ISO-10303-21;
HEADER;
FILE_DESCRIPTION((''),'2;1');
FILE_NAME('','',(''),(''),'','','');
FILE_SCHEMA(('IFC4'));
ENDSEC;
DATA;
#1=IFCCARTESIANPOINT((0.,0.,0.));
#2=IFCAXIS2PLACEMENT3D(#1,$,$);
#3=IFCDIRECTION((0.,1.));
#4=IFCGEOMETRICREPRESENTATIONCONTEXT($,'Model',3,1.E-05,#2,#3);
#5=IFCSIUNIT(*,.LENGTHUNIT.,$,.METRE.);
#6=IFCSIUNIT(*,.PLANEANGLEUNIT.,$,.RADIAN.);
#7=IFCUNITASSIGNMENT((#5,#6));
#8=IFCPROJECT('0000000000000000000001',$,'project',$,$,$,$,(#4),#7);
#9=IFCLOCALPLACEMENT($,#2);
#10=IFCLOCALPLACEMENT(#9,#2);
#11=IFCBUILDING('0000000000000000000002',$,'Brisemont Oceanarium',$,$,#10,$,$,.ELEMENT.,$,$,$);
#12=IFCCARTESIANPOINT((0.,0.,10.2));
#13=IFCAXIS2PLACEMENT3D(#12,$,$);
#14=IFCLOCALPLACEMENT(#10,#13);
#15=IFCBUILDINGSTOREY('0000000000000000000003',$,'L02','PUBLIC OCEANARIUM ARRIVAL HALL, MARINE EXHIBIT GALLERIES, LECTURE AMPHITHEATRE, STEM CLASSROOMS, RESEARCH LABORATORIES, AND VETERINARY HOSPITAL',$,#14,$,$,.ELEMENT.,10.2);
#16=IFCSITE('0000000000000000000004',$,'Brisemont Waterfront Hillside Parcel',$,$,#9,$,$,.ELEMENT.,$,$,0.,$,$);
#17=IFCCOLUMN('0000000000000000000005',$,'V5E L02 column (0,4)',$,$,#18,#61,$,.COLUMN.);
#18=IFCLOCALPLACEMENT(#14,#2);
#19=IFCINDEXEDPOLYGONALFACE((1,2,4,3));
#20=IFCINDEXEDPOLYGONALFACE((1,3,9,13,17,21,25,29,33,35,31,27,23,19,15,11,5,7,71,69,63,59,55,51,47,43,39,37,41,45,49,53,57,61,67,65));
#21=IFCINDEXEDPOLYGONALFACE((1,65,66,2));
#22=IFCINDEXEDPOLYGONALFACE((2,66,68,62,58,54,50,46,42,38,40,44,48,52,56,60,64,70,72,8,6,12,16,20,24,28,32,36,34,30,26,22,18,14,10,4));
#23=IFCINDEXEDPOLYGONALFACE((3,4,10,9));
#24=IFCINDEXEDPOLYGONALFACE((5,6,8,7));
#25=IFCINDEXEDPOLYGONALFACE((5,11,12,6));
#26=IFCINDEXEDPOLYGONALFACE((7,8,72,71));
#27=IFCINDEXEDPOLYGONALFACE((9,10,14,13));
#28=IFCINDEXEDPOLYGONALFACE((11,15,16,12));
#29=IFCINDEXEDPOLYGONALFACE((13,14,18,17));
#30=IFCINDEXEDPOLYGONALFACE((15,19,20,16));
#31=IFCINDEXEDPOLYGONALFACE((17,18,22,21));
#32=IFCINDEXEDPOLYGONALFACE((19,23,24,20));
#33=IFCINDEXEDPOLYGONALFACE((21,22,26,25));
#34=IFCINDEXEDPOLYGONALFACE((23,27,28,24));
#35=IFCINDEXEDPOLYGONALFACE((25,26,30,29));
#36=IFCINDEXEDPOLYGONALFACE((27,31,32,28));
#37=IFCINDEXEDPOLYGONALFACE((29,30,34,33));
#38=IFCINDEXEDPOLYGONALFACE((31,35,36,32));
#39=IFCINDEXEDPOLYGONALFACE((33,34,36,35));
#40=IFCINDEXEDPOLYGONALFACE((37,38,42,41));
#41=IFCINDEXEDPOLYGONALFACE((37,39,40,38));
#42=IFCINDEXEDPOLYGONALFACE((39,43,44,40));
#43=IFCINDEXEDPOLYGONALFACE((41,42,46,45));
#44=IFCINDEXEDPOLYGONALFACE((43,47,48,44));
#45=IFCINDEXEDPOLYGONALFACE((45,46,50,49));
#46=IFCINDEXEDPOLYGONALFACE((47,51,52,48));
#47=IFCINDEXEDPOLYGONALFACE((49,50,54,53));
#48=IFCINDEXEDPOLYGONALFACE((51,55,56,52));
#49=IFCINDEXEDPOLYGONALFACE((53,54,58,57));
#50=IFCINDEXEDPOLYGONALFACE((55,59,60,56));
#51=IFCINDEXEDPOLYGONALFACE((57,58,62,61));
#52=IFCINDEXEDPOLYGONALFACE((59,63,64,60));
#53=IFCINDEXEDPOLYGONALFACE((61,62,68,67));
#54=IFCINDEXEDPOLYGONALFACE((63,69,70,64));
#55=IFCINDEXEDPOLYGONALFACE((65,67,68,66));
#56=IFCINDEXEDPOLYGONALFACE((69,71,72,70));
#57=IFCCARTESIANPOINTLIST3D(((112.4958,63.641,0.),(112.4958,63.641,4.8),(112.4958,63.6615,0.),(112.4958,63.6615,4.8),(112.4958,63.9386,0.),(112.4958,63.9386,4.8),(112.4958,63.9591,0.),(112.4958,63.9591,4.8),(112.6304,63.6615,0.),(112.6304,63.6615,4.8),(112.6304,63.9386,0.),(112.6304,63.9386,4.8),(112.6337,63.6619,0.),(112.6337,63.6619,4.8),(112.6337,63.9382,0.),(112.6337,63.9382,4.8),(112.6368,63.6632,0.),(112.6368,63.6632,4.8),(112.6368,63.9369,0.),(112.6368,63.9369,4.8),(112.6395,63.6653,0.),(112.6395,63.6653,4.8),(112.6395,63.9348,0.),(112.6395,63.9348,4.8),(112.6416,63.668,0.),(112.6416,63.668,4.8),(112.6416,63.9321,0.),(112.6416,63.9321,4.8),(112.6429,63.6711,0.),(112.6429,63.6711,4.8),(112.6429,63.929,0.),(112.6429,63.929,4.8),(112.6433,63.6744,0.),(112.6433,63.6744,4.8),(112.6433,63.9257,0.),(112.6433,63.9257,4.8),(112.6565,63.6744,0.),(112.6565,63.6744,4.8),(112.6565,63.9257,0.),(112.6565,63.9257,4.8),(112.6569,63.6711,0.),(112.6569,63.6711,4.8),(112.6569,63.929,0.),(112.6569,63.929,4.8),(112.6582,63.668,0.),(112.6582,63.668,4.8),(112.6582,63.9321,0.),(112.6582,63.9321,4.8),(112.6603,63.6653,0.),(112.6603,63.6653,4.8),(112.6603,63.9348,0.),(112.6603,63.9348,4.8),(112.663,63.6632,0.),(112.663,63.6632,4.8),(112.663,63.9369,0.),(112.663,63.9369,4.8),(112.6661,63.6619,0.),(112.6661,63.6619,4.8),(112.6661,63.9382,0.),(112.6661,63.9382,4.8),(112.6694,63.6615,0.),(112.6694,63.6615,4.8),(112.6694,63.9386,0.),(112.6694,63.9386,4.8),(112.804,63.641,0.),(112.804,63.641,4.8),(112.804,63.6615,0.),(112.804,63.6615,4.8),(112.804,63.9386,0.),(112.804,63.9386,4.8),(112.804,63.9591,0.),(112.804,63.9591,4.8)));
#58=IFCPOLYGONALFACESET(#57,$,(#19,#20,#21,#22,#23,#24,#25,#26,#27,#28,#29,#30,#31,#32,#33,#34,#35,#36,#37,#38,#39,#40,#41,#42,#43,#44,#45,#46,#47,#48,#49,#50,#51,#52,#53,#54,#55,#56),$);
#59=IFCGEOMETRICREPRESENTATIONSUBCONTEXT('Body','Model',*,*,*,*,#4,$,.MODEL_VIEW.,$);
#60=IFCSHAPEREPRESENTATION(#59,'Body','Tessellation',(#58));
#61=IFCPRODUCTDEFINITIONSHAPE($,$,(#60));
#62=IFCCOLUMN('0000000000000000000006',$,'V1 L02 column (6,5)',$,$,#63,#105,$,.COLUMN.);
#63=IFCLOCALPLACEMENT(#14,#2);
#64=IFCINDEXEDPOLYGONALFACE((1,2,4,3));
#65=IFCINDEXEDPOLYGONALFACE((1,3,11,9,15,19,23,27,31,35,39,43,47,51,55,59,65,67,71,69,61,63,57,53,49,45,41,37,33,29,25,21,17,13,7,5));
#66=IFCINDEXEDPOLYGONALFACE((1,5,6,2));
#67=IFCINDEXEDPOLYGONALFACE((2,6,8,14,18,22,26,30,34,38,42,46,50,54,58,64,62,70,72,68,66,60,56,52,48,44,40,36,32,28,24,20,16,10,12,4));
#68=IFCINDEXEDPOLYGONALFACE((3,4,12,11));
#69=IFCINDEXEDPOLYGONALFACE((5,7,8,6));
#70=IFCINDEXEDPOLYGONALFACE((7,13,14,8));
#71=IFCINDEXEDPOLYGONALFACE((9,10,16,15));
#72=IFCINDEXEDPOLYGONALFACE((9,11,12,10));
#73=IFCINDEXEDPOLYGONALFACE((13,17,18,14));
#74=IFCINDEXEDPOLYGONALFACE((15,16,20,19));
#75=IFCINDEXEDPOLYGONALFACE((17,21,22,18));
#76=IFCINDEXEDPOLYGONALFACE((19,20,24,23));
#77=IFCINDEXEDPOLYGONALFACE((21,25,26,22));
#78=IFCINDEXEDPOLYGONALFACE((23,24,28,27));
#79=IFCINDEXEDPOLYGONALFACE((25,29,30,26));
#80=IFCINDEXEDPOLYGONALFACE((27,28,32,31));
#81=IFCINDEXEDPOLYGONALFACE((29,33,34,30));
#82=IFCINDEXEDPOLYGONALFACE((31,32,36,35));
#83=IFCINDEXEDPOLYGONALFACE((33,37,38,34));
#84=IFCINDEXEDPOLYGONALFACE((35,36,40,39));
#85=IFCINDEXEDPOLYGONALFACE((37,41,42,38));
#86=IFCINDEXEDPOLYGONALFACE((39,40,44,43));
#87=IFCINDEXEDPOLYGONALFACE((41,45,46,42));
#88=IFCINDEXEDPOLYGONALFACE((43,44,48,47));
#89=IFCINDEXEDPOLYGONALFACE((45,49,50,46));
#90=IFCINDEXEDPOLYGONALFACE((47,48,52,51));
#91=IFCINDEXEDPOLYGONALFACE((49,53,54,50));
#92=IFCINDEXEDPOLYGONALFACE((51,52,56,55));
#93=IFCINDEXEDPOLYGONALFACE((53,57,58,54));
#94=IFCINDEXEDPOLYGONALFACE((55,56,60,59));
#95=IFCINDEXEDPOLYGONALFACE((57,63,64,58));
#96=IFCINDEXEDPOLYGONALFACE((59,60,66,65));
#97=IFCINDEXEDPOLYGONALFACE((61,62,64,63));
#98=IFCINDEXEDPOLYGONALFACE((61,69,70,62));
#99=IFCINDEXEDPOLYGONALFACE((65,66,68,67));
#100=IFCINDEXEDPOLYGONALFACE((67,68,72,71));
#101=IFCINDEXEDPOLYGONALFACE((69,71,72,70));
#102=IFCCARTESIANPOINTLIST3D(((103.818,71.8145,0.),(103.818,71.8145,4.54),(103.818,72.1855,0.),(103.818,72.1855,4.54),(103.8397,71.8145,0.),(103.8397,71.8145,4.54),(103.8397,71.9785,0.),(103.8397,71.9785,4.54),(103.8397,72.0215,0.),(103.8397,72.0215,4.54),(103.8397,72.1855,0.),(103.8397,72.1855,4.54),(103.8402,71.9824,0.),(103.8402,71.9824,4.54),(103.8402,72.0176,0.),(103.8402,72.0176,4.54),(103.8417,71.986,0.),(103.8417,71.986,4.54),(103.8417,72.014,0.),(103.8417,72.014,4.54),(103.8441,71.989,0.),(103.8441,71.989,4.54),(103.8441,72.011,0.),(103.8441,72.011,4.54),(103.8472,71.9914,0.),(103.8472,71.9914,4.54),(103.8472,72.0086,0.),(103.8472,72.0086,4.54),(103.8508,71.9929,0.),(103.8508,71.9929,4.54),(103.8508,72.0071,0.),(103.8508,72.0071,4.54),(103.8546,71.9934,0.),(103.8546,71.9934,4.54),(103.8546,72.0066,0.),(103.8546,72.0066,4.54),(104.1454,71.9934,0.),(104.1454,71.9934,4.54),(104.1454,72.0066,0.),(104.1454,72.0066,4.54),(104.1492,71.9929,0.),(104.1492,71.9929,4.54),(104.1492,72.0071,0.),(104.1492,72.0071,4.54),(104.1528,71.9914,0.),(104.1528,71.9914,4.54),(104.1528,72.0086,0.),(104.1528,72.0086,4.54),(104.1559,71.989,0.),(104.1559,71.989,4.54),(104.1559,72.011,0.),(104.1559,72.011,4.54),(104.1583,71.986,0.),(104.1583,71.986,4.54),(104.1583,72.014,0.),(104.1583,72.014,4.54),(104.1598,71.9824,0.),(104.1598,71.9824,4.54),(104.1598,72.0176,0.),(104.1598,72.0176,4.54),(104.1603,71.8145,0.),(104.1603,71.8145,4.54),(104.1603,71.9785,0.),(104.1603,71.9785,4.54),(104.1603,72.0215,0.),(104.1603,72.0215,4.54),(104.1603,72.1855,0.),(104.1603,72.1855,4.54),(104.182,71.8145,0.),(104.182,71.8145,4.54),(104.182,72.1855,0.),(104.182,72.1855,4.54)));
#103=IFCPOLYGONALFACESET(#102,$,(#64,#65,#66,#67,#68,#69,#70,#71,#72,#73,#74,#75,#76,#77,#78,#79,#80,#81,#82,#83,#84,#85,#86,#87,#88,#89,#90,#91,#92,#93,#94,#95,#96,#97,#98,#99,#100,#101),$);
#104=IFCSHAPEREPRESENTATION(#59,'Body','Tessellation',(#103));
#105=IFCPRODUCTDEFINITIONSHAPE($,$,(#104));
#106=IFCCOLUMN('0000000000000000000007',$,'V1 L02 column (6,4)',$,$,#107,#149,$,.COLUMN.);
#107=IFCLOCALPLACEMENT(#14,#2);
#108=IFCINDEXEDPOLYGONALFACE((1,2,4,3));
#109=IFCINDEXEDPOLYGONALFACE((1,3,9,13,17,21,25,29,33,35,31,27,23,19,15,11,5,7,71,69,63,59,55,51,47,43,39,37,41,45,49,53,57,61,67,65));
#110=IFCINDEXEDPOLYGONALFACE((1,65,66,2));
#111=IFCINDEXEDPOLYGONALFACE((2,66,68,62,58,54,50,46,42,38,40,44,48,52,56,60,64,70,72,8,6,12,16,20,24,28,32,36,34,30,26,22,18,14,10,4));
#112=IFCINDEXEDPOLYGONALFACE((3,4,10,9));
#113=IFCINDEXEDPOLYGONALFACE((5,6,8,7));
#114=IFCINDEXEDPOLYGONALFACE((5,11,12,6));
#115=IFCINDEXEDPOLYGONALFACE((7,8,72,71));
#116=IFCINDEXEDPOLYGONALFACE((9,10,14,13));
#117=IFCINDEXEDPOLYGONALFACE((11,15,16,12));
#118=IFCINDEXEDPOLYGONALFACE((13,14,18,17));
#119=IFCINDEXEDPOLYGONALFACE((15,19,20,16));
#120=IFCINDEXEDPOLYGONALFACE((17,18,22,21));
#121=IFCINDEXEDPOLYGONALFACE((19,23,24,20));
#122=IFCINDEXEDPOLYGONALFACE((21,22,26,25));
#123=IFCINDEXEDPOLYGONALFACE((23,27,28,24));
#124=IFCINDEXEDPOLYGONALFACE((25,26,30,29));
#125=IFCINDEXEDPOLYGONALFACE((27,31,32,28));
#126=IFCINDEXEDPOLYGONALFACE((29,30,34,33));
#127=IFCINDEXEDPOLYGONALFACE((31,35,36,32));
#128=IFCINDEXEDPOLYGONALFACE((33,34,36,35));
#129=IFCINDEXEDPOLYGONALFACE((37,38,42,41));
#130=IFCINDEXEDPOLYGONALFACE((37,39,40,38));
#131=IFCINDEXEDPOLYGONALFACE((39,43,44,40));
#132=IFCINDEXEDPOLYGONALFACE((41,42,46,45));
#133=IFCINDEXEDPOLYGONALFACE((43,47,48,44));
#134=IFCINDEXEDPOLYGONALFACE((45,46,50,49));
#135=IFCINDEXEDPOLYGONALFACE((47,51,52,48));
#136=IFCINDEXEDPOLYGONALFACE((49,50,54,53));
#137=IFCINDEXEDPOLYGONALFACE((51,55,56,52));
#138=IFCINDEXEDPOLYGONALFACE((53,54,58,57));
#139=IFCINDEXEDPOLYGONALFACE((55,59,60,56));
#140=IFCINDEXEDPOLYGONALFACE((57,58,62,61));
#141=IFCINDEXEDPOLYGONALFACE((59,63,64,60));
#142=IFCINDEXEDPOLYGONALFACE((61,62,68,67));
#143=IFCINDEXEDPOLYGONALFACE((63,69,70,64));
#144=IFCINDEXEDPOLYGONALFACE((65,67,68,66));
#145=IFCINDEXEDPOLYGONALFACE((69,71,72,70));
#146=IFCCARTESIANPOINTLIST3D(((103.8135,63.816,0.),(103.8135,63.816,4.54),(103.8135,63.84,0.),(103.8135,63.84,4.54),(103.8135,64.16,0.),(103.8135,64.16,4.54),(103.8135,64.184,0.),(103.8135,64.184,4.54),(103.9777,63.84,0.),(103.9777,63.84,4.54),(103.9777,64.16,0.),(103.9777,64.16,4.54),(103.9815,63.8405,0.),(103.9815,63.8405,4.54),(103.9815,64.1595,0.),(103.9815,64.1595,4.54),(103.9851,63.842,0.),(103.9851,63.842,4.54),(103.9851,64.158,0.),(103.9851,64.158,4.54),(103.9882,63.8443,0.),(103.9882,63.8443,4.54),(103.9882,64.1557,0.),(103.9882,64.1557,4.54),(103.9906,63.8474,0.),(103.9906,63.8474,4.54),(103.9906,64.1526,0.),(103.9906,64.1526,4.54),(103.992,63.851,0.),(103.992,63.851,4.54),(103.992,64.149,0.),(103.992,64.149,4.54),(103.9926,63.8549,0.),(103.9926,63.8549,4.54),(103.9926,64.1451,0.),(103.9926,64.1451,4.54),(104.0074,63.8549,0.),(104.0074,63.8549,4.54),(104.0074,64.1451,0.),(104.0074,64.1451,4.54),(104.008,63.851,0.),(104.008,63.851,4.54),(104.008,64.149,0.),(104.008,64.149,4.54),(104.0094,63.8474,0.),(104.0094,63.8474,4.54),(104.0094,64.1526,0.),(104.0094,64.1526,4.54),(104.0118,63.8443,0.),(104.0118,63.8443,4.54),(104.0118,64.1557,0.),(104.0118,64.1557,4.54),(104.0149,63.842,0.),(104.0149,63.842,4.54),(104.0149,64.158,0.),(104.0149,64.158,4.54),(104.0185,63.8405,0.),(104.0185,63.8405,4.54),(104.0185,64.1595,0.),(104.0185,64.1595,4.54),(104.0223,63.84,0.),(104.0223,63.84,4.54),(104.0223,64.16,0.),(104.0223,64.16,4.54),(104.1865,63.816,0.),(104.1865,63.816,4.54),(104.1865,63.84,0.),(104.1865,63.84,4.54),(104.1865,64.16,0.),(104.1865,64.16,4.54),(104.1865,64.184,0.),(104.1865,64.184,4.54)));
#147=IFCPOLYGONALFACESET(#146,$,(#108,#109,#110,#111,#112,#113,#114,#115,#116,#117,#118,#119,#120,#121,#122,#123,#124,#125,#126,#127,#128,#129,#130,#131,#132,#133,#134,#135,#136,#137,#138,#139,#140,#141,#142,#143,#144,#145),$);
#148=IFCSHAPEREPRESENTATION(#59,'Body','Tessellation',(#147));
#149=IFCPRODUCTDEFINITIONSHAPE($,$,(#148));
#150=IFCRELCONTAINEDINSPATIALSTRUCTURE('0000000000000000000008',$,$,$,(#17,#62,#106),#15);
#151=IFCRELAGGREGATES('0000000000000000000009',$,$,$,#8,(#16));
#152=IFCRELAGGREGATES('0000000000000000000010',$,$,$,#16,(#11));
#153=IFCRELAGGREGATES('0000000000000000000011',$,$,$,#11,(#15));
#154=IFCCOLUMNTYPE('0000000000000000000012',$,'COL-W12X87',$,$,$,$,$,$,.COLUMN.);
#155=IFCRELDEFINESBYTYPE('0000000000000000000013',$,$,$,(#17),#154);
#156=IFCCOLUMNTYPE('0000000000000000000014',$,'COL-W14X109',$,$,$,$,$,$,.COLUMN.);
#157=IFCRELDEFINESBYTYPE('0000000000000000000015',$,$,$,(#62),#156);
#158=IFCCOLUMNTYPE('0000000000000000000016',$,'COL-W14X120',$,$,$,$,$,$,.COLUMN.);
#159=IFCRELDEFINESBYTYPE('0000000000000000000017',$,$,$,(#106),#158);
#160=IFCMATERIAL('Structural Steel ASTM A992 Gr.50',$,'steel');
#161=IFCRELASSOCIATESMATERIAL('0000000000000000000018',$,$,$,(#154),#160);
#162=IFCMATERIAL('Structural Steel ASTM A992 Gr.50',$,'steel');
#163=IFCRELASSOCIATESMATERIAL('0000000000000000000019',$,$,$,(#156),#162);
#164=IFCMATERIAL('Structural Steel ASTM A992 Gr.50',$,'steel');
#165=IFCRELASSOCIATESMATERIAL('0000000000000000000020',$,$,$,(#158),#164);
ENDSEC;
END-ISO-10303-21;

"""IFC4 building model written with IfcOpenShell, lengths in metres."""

from ifc_helpers import new_model, si_unit, direction, frame, origin, origin_2d, place, context, subcontext, project, spatial, i_section, extrude, material, material_profile, profile_set, type_object, element, save


model = new_model("IFC4")

# Units and contexts
model_context = context("Model", 3, precision=1e-05, world=origin(), true_north=direction((0.0, 1.0)))
body_context = subcontext(model_context, "Body", "Model", "MODEL_VIEW")
ifc_project = project(units=[si_unit("LENGTHUNIT", "METRE"), si_unit("PLANEANGLEUNIT", "RADIAN")], contexts=[model_context])

# Site, building, storey
site_placement = place(None, origin())
site = spatial("IfcSite", under=ifc_project, at=site_placement, Name="Brisemont Waterfront Hillside Parcel", CompositionType="ELEMENT", RefElevation=0.0)
building_placement = place(site_placement, origin())
building = spatial("IfcBuilding", under=site, at=building_placement, Name="Brisemont Oceanarium", CompositionType="ELEMENT")
storey_placement = place(building_placement, frame((0.0, 0.0, 10.2)))
storey = spatial("IfcBuildingStorey", under=building, at=storey_placement, Name="L02", Description="PUBLIC OCEANARIUM ARRIVAL HALL, MARINE EXHIBIT GALLERIES, LECTURE AMPHITHEATRE, STEM CLASSROOMS, RESEARCH LABORATORIES, AND VETERINARY HOSPITAL", CompositionType="ELEMENT", Elevation=10.2)

# Columns
ifc_material_1 = material(Name="Structural Steel ASTM A992 Gr.50", Category="steel")
ifc_material_profile_1 = material_profile(ifc_material_1, i_section(OverallWidth=0.3081, OverallDepth=0.3181, WebThickness=0.0132, FlangeThickness=0.0205, FilletRadius=0.0129, at=origin_2d()), Name="W12X87")
ifc_profile_set_1 = profile_set([ifc_material_profile_1], Name="Structural Steel ASTM A992 Gr.50")
column_type_1 = type_object("IfcColumnType", Name="COL-W12X87", PredefinedType="COLUMN", material=ifc_profile_set_1)
column_1_placement = place(storey_placement, frame((112.6499, 63.8, 0.0), z_axis=(0.0, 0.0, 1.0), x_axis=(1.0, 0.0, 0.0)))
element("IfcColumn", 1, at=column_1_placement, inside=storey, type_object=column_type_1, Name="V5E L02 column (0,4)", PredefinedType="COLUMN", context=body_context, shape_type="SweptSolid", body=[
    extrude(i_section(OverallWidth=0.3081, OverallDepth=0.3181, WebThickness=0.0132, FlangeThickness=0.0205, FilletRadius=0.0129, at=origin_2d()), origin(), (0.0, 0.0, 1.0), 4.8),
])
ifc_material_2 = material(Name="Structural Steel ASTM A992 Gr.50", Category="steel")
ifc_material_profile_2 = material_profile(ifc_material_2, i_section(OverallWidth=0.3711, OverallDepth=0.364, WebThickness=0.0132, FlangeThickness=0.0217, FilletRadius=0.0149, at=origin_2d()), Name="W14X109")
ifc_profile_set_2 = profile_set([ifc_material_profile_2], Name="Structural Steel ASTM A992 Gr.50")
column_type_2 = type_object("IfcColumnType", Name="COL-W14X109", PredefinedType="COLUMN", material=ifc_profile_set_2)
column_2_placement = place(storey_placement, frame((104.0, 72.0, 0.0), z_axis=(0.0, 0.0, 1.0), x_axis=(0.0, 1.0, 0.0)))
element("IfcColumn", 2, at=column_2_placement, inside=storey, type_object=column_type_2, Name="V1 L02 column (6,5)", PredefinedType="COLUMN", context=body_context, shape_type="SweptSolid", body=[
    extrude(i_section(OverallWidth=0.3711, OverallDepth=0.364, WebThickness=0.0132, FlangeThickness=0.0217, FilletRadius=0.0149, at=origin_2d()), origin(), (0.0, 0.0, 1.0), 4.54),
])
ifc_material_3 = material(Name="Structural Steel ASTM A992 Gr.50", Category="steel")
ifc_material_profile_3 = material_profile(ifc_material_3, i_section(OverallWidth=0.373, OverallDepth=0.3679, WebThickness=0.0149, FlangeThickness=0.0239, FilletRadius=0.0149, at=origin_2d()), Name="W14X120")
ifc_profile_set_3 = profile_set([ifc_material_profile_3], Name="Structural Steel ASTM A992 Gr.50")
column_type_3 = type_object("IfcColumnType", Name="COL-W14X120", PredefinedType="COLUMN", material=ifc_profile_set_3)
column_3_placement = place(storey_placement, frame((104.0, 64.0, 0.0), z_axis=(0.0, 0.0, 1.0), x_axis=(1.0, 0.0, 0.0)))
element("IfcColumn", 3, at=column_3_placement, inside=storey, type_object=column_type_3, Name="V1 L02 column (6,4)", PredefinedType="COLUMN", context=body_context, shape_type="SweptSolid", body=[
    extrude(i_section(OverallWidth=0.373, OverallDepth=0.3679, WebThickness=0.0149, FlangeThickness=0.0239, FilletRadius=0.0149, at=origin_2d()), origin(), (0.0, 0.0, 1.0), 4.54),
])

save(model, "model.ifc")
